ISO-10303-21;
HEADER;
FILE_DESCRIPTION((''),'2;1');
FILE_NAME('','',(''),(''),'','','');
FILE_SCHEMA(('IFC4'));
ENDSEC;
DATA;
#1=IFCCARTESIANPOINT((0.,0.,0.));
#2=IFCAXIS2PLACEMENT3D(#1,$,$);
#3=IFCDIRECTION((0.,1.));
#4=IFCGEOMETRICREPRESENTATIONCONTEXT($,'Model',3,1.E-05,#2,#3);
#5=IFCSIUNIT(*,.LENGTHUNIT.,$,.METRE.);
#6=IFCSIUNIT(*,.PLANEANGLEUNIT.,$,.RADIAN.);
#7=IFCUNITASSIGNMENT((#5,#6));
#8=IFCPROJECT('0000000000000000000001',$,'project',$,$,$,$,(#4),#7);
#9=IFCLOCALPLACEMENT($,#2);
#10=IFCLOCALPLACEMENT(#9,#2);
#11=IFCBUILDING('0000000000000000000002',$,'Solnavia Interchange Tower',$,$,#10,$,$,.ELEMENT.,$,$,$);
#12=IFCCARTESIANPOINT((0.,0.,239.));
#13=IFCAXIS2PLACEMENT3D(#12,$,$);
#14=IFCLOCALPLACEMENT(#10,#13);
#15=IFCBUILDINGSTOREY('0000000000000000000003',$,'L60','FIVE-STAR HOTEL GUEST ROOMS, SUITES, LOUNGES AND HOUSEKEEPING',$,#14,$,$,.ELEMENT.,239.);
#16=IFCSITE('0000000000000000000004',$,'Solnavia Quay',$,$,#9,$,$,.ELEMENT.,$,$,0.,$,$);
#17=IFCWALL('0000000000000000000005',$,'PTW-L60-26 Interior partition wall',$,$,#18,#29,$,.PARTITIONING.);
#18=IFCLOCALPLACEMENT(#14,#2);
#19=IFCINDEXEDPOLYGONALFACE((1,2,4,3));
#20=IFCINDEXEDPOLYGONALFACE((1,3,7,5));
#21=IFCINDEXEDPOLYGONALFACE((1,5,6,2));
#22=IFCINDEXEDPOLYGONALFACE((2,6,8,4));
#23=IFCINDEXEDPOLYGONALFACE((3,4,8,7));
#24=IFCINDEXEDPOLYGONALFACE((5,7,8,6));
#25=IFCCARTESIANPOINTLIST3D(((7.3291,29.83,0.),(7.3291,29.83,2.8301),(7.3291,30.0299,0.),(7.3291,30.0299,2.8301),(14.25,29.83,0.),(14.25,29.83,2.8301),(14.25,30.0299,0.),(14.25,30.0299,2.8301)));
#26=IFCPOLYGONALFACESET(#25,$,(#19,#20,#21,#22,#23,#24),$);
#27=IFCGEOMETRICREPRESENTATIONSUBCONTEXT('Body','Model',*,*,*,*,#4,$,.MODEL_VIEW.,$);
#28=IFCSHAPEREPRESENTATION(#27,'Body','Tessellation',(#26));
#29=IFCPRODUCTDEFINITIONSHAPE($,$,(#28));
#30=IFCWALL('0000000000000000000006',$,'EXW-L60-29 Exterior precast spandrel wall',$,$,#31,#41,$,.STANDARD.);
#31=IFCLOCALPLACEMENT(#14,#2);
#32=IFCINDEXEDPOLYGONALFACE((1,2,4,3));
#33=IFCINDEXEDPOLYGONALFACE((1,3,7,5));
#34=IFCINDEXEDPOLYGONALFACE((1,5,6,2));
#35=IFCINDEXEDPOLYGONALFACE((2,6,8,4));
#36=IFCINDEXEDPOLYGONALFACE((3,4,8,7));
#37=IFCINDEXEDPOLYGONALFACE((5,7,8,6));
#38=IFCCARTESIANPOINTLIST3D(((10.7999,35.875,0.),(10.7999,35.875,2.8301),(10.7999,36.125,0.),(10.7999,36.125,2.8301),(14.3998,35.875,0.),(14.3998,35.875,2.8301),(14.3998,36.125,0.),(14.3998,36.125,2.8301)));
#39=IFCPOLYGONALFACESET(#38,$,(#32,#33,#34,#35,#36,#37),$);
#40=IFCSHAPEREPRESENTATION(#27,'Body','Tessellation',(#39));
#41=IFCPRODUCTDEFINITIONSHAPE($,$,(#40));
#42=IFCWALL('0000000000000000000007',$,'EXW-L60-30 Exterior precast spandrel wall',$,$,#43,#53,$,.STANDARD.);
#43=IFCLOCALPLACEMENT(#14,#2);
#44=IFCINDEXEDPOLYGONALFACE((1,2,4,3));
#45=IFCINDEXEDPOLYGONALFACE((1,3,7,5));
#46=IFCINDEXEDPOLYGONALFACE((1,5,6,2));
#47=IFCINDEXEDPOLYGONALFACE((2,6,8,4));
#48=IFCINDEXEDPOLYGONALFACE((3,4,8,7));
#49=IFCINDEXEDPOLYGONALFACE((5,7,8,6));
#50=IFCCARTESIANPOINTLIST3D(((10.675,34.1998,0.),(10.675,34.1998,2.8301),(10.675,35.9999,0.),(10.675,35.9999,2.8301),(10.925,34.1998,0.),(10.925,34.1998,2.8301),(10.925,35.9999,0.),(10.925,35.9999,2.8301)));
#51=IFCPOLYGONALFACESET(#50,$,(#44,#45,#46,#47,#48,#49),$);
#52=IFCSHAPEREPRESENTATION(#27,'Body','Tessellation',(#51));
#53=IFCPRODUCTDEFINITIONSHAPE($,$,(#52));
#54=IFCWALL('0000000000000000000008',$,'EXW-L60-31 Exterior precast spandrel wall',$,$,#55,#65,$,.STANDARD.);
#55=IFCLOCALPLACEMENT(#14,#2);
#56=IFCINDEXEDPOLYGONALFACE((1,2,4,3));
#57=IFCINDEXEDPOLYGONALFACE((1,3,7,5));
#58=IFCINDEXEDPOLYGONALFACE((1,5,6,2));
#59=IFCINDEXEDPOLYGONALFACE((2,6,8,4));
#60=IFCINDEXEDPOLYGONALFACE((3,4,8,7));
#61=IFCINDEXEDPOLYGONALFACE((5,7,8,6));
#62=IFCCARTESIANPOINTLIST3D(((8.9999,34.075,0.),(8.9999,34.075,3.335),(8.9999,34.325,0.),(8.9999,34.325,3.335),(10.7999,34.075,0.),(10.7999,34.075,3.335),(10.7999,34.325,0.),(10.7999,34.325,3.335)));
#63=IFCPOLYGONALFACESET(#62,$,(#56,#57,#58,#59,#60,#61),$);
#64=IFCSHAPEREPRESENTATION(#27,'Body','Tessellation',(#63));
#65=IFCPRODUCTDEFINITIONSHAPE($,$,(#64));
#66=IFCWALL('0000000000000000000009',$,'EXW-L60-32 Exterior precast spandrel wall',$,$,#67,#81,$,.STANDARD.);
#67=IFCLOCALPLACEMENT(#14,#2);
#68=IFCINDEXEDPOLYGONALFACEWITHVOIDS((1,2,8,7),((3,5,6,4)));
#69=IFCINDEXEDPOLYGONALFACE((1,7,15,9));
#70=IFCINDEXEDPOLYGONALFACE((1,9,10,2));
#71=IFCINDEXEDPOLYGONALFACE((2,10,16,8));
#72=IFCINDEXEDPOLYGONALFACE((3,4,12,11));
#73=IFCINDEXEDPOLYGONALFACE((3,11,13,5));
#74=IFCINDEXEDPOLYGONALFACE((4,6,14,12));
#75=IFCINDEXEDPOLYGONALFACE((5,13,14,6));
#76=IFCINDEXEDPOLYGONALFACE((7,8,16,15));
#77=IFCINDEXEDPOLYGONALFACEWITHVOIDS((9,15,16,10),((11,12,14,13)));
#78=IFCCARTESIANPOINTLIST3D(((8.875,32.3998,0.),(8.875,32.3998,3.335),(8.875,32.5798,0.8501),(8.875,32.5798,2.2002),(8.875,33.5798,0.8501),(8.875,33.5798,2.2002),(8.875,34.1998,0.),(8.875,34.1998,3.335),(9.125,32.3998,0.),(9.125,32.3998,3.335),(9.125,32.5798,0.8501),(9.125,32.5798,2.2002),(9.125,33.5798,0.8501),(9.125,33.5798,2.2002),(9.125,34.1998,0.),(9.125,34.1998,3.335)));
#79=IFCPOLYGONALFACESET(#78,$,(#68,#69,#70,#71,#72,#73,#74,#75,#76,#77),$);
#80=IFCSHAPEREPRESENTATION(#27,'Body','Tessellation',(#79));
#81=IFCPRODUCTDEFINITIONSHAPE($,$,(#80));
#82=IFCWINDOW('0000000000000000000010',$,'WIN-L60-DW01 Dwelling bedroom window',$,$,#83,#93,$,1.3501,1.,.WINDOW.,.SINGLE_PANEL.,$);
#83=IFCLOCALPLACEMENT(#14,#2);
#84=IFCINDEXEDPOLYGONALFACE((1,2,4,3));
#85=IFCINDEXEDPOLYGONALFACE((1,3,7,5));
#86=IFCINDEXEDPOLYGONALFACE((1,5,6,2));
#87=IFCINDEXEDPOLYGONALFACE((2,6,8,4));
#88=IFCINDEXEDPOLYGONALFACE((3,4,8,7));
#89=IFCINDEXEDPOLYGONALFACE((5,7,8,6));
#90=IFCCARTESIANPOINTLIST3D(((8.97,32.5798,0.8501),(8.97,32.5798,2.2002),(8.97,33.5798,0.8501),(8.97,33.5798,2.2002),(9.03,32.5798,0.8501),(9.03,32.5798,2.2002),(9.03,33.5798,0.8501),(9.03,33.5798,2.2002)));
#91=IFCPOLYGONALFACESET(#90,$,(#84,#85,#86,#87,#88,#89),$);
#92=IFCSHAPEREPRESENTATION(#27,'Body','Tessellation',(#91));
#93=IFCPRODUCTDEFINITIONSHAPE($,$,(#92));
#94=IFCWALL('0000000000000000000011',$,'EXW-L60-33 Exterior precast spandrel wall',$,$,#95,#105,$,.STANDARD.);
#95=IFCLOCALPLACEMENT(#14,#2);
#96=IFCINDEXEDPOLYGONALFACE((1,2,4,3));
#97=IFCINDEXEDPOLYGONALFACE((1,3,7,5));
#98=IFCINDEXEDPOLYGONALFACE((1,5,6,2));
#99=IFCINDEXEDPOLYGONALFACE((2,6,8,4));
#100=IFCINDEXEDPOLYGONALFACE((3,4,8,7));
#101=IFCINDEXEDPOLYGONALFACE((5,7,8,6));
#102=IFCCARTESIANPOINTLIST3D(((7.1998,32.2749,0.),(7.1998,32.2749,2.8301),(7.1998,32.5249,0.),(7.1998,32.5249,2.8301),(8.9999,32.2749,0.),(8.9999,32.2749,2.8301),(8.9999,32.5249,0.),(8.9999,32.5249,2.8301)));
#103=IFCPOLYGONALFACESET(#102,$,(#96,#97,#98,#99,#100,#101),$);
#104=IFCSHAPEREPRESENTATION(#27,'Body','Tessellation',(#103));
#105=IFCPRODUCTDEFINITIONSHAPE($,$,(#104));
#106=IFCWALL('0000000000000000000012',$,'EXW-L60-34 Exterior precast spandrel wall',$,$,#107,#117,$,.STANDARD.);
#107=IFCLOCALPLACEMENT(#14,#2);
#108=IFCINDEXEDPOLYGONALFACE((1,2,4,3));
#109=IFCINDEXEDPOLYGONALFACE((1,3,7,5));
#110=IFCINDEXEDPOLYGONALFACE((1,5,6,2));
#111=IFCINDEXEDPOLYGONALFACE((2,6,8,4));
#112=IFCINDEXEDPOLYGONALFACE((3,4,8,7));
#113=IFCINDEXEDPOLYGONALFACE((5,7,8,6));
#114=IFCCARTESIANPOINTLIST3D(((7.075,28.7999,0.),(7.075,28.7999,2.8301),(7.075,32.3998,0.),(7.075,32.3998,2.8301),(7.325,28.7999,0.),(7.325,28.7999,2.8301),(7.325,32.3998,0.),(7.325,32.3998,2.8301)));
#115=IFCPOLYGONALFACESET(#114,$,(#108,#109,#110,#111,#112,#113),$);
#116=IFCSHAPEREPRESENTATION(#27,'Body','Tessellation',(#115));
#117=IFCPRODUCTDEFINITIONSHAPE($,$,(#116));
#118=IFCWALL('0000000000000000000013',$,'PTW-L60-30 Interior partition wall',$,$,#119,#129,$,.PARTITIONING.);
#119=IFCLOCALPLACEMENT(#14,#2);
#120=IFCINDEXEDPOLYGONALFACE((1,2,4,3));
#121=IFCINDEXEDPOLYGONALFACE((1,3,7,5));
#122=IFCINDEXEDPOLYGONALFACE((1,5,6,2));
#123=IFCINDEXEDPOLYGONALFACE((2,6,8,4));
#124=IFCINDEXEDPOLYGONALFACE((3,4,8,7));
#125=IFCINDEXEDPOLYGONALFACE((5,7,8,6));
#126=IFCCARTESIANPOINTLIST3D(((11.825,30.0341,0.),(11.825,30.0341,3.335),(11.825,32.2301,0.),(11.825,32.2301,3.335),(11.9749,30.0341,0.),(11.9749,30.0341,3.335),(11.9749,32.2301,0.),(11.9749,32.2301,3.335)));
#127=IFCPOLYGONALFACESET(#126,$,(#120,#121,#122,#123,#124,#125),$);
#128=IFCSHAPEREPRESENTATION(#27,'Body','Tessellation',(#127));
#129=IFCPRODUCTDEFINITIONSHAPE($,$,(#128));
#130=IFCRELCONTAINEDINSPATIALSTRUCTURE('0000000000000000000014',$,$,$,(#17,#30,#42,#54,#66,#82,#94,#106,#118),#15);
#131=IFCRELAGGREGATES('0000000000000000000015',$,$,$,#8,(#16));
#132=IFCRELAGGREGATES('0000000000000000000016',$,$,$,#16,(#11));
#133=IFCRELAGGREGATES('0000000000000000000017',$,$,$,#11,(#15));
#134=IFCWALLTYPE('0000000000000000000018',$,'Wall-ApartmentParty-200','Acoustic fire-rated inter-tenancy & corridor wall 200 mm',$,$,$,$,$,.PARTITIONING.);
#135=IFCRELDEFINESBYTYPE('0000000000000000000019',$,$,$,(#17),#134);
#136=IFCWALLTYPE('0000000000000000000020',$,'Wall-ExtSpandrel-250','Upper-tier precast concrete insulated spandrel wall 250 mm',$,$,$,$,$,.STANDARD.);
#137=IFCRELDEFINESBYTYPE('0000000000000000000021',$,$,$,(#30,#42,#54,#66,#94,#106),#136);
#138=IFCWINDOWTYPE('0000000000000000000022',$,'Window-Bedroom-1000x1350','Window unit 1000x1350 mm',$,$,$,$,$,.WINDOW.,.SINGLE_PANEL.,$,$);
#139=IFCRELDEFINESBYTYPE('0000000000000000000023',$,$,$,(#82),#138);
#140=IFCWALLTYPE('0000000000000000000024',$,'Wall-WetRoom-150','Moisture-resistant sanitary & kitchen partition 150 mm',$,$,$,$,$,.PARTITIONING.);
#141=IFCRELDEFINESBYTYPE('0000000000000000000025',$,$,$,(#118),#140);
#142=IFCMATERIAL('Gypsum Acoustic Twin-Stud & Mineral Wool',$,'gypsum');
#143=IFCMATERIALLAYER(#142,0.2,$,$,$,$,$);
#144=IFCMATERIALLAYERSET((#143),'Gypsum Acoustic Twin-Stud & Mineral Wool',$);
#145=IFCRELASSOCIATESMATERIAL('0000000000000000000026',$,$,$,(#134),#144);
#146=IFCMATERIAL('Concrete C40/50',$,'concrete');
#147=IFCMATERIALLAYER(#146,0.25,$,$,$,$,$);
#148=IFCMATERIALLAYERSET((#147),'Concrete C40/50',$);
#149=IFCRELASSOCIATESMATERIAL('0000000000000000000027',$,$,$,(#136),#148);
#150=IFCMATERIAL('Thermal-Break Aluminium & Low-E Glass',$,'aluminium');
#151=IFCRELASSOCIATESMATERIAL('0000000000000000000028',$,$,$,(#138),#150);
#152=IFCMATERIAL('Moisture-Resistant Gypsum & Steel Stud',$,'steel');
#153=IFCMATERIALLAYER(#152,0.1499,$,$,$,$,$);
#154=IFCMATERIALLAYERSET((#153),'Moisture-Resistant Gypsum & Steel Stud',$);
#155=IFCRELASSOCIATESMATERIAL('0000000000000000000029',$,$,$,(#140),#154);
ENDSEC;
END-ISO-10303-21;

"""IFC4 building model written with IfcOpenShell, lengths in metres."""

from ifc_helpers import new_model, si_unit, direction, frame, frame_2d, origin, place, context, subcontext, project, spatial, rectangle, extrude, material, layer, layer_set, type_object, element, fill, save


model = new_model("IFC4")

# Units and contexts
model_context = context("Model", 3, precision=1e-05, world=origin(), true_north=direction((0.0, 1.0)))
body_context = subcontext(model_context, "Body", "Model", "MODEL_VIEW")
ifc_project = project(units=[si_unit("LENGTHUNIT", "METRE"), si_unit("PLANEANGLEUNIT", "RADIAN")], contexts=[model_context])

# Site, building, storey
site_placement = place(None, origin())
site = spatial("IfcSite", under=ifc_project, at=site_placement, Name="Solnavia Quay", CompositionType="ELEMENT", RefElevation=0.0)
building_placement = place(site_placement, origin())
building = spatial("IfcBuilding", under=site, at=building_placement, Name="Solnavia Interchange Tower", CompositionType="ELEMENT")
storey_placement = place(building_placement, frame((0.0, 0.0, 239.0)))
storey = spatial("IfcBuildingStorey", under=building, at=storey_placement, Name="L60", Description="FIVE-STAR HOTEL GUEST ROOMS, SUITES, LOUNGES AND HOUSEKEEPING", CompositionType="ELEMENT", Elevation=239.0)

# Walls
ifc_material_1 = material(Name="Gypsum Acoustic Twin-Stud & Mineral Wool", Category="gypsum")
ifc_layer_1 = layer(ifc_material_1, 0.2)
ifc_layer_set_1 = layer_set([ifc_layer_1], Name="Gypsum Acoustic Twin-Stud & Mineral Wool")
wall_type_1 = type_object("IfcWallType", Name="Wall-ApartmentParty-200", Description="Acoustic fire-rated inter-tenancy & corridor wall 200 mm", PredefinedType="PARTITIONING", material=ifc_layer_set_1)
wall_1_placement = place(storey_placement, frame((7.3291, 29.9299, 0.0), z_axis=(0.0, 0.0, 1.0), x_axis=(1.0, 0.0, 0.0)))
element("IfcWall", 1, at=wall_1_placement, inside=storey, type_object=wall_type_1, Name="PTW-L60-26 Interior partition wall", PredefinedType="PARTITIONING", context=body_context, shape_type="SweptSolid", body=[
    extrude(rectangle(XDim=6.9209, YDim=0.2, at=frame_2d((3.4604, 0.0))), origin(), (0.0, 0.0, 1.0), 2.8301),
])
ifc_material_2 = material(Name="Concrete C40/50", Category="concrete")
ifc_layer_2 = layer(ifc_material_2, 0.25)
ifc_layer_set_2 = layer_set([ifc_layer_2], Name="Concrete C40/50")
wall_type_2 = type_object("IfcWallType", Name="Wall-ExtSpandrel-250", Description="Upper-tier precast concrete insulated spandrel wall 250 mm", PredefinedType="STANDARD", material=ifc_layer_set_2)
wall_2_placement = place(storey_placement, frame((10.8, 36.0, 0.0), z_axis=(0.0, 0.0, 1.0), x_axis=(1.0, 0.0, 0.0)))
element("IfcWall", 2, at=wall_2_placement, inside=storey, type_object=wall_type_2, Name="EXW-L60-29 Exterior precast spandrel wall", PredefinedType="STANDARD", context=body_context, shape_type="SweptSolid", body=[
    extrude(rectangle(XDim=3.5999, YDim=0.25, at=frame_2d((1.7998, 0.0))), origin(), (0.0, 0.0, 1.0), 2.8301),
])
wall_3_placement = place(storey_placement, frame((10.8, 34.2, 0.0), z_axis=(0.0, 0.0, 1.0), x_axis=(0.0, 1.0, 0.0)))
element("IfcWall", 3, at=wall_3_placement, inside=storey, type_object=wall_type_2, Name="EXW-L60-30 Exterior precast spandrel wall", PredefinedType="STANDARD", context=body_context, shape_type="SweptSolid", body=[
    extrude(rectangle(XDim=1.8, YDim=0.25, at=frame_2d((0.8999, 0.0))), origin(), (0.0, 0.0, 1.0), 2.8301),
])
wall_4_placement = place(storey_placement, frame((9.0, 34.2, 0.0), z_axis=(0.0, 0.0, 1.0), x_axis=(1.0, 0.0, 0.0)))
element("IfcWall", 4, at=wall_4_placement, inside=storey, type_object=wall_type_2, Name="EXW-L60-31 Exterior precast spandrel wall", PredefinedType="STANDARD", context=body_context, shape_type="SweptSolid", body=[
    extrude(rectangle(XDim=1.8, YDim=0.25, at=frame_2d((0.8999, 0.0))), origin(), (0.0, 0.0, 1.0), 3.335),
])

# Wall, opening, window
wall_5_placement = place(storey_placement, frame((9.0, 32.3999, 0.0), z_axis=(0.0, 0.0, 1.0), x_axis=(0.0, 1.0, 0.0)))
wall_5 = element("IfcWall", 5, at=wall_5_placement, inside=storey, type_object=wall_type_2, Name="EXW-L60-32 Exterior precast spandrel wall", PredefinedType="STANDARD", context=body_context, shape_type="SweptSolid", body=[
    extrude(rectangle(XDim=1.8, YDim=0.25, at=frame_2d((0.8999, 0.0))), origin(), (0.0, 0.0, 1.0), 3.335),
])
opening_placement = place(wall_5_placement, frame((0.1799, 0.0, 0.8501)))
opening = element("IfcOpeningElement", 6, at=opening_placement, cuts=wall_5, PredefinedType="OPENING", context=body_context, shape_type="SweptSolid", body=[
    extrude(rectangle(XDim=1.0, YDim=1.3501, at=frame_2d((0.5, 0.675))), frame((0.0, 0.135, 0.0), z_axis=(0.0, -1.0, 0.0), x_axis=(1.0, 0.0, 0.0)), (0.0, 0.0, 1.0), 0.27),
])
ifc_material_3 = material(Name="Thermal-Break Aluminium & Low-E Glass", Category="aluminium")
window_type = type_object("IfcWindowType", Name="Window-Bedroom-1000x1350", Description="Window unit 1000x1350 mm", PartitioningType="SINGLE_PANEL", PredefinedType="WINDOW", material=ifc_material_3)
window_placement = place(opening_placement, origin())
window = element("IfcWindow", 7, at=window_placement, inside=storey, type_object=window_type, Name="WIN-L60-DW01 Dwelling bedroom window", OverallHeight=1.3501, OverallWidth=1.0, PartitioningType="SINGLE_PANEL", PredefinedType="WINDOW", context=body_context, shape_type="SweptSolid", body=[
    extrude(rectangle(XDim=1.0, YDim=1.3501, at=frame_2d((0.5, 0.675))), frame((0.0, 0.03, 0.0), z_axis=(0.0, -1.0, 0.0), x_axis=(1.0, 0.0, 0.0)), (0.0, 0.0, 1.0), 0.0601),
])
fill(opening, window)

# Walls
wall_6_placement = place(storey_placement, frame((7.2, 32.3999, 0.0), z_axis=(0.0, 0.0, 1.0), x_axis=(1.0, 0.0, 0.0)))
element("IfcWall", 8, at=wall_6_placement, inside=storey, type_object=wall_type_2, Name="EXW-L60-33 Exterior precast spandrel wall", PredefinedType="STANDARD", context=body_context, shape_type="SweptSolid", body=[
    extrude(rectangle(XDim=1.8, YDim=0.25, at=frame_2d((0.8999, 0.0))), origin(), (0.0, 0.0, 1.0), 2.8301),
])
wall_7_placement = place(storey_placement, frame((7.2, 28.8, 0.0), z_axis=(0.0, 0.0, 1.0), x_axis=(0.0, 1.0, 0.0)))
element("IfcWall", 9, at=wall_7_placement, inside=storey, type_object=wall_type_2, Name="EXW-L60-34 Exterior precast spandrel wall", PredefinedType="STANDARD", context=body_context, shape_type="SweptSolid", body=[
    extrude(rectangle(XDim=3.5999, YDim=0.25, at=frame_2d((1.7998, 0.0))), origin(), (0.0, 0.0, 1.0), 2.8301),
])
ifc_material_4 = material(Name="Moisture-Resistant Gypsum & Steel Stud", Category="steel")
ifc_layer_3 = layer(ifc_material_4, 0.1499)
ifc_layer_set_3 = layer_set([ifc_layer_3], Name="Moisture-Resistant Gypsum & Steel Stud")
wall_type_3 = type_object("IfcWallType", Name="Wall-WetRoom-150", Description="Moisture-resistant sanitary & kitchen partition 150 mm", PredefinedType="PARTITIONING", material=ifc_layer_set_3)
wall_8_placement = place(storey_placement, frame((11.8999, 30.0339, 0.0), z_axis=(0.0, 0.0, 1.0), x_axis=(0.0, 1.0, 0.0)))
element("IfcWall", 10, at=wall_8_placement, inside=storey, type_object=wall_type_3, Name="PTW-L60-30 Interior partition wall", PredefinedType="PARTITIONING", context=body_context, shape_type="SweptSolid", body=[
    extrude(rectangle(XDim=2.196, YDim=0.1499, at=frame_2d((1.0981, 0.0))), origin(), (0.0, 0.0, 1.0), 3.335),
])

save(model, "model.ifc")
